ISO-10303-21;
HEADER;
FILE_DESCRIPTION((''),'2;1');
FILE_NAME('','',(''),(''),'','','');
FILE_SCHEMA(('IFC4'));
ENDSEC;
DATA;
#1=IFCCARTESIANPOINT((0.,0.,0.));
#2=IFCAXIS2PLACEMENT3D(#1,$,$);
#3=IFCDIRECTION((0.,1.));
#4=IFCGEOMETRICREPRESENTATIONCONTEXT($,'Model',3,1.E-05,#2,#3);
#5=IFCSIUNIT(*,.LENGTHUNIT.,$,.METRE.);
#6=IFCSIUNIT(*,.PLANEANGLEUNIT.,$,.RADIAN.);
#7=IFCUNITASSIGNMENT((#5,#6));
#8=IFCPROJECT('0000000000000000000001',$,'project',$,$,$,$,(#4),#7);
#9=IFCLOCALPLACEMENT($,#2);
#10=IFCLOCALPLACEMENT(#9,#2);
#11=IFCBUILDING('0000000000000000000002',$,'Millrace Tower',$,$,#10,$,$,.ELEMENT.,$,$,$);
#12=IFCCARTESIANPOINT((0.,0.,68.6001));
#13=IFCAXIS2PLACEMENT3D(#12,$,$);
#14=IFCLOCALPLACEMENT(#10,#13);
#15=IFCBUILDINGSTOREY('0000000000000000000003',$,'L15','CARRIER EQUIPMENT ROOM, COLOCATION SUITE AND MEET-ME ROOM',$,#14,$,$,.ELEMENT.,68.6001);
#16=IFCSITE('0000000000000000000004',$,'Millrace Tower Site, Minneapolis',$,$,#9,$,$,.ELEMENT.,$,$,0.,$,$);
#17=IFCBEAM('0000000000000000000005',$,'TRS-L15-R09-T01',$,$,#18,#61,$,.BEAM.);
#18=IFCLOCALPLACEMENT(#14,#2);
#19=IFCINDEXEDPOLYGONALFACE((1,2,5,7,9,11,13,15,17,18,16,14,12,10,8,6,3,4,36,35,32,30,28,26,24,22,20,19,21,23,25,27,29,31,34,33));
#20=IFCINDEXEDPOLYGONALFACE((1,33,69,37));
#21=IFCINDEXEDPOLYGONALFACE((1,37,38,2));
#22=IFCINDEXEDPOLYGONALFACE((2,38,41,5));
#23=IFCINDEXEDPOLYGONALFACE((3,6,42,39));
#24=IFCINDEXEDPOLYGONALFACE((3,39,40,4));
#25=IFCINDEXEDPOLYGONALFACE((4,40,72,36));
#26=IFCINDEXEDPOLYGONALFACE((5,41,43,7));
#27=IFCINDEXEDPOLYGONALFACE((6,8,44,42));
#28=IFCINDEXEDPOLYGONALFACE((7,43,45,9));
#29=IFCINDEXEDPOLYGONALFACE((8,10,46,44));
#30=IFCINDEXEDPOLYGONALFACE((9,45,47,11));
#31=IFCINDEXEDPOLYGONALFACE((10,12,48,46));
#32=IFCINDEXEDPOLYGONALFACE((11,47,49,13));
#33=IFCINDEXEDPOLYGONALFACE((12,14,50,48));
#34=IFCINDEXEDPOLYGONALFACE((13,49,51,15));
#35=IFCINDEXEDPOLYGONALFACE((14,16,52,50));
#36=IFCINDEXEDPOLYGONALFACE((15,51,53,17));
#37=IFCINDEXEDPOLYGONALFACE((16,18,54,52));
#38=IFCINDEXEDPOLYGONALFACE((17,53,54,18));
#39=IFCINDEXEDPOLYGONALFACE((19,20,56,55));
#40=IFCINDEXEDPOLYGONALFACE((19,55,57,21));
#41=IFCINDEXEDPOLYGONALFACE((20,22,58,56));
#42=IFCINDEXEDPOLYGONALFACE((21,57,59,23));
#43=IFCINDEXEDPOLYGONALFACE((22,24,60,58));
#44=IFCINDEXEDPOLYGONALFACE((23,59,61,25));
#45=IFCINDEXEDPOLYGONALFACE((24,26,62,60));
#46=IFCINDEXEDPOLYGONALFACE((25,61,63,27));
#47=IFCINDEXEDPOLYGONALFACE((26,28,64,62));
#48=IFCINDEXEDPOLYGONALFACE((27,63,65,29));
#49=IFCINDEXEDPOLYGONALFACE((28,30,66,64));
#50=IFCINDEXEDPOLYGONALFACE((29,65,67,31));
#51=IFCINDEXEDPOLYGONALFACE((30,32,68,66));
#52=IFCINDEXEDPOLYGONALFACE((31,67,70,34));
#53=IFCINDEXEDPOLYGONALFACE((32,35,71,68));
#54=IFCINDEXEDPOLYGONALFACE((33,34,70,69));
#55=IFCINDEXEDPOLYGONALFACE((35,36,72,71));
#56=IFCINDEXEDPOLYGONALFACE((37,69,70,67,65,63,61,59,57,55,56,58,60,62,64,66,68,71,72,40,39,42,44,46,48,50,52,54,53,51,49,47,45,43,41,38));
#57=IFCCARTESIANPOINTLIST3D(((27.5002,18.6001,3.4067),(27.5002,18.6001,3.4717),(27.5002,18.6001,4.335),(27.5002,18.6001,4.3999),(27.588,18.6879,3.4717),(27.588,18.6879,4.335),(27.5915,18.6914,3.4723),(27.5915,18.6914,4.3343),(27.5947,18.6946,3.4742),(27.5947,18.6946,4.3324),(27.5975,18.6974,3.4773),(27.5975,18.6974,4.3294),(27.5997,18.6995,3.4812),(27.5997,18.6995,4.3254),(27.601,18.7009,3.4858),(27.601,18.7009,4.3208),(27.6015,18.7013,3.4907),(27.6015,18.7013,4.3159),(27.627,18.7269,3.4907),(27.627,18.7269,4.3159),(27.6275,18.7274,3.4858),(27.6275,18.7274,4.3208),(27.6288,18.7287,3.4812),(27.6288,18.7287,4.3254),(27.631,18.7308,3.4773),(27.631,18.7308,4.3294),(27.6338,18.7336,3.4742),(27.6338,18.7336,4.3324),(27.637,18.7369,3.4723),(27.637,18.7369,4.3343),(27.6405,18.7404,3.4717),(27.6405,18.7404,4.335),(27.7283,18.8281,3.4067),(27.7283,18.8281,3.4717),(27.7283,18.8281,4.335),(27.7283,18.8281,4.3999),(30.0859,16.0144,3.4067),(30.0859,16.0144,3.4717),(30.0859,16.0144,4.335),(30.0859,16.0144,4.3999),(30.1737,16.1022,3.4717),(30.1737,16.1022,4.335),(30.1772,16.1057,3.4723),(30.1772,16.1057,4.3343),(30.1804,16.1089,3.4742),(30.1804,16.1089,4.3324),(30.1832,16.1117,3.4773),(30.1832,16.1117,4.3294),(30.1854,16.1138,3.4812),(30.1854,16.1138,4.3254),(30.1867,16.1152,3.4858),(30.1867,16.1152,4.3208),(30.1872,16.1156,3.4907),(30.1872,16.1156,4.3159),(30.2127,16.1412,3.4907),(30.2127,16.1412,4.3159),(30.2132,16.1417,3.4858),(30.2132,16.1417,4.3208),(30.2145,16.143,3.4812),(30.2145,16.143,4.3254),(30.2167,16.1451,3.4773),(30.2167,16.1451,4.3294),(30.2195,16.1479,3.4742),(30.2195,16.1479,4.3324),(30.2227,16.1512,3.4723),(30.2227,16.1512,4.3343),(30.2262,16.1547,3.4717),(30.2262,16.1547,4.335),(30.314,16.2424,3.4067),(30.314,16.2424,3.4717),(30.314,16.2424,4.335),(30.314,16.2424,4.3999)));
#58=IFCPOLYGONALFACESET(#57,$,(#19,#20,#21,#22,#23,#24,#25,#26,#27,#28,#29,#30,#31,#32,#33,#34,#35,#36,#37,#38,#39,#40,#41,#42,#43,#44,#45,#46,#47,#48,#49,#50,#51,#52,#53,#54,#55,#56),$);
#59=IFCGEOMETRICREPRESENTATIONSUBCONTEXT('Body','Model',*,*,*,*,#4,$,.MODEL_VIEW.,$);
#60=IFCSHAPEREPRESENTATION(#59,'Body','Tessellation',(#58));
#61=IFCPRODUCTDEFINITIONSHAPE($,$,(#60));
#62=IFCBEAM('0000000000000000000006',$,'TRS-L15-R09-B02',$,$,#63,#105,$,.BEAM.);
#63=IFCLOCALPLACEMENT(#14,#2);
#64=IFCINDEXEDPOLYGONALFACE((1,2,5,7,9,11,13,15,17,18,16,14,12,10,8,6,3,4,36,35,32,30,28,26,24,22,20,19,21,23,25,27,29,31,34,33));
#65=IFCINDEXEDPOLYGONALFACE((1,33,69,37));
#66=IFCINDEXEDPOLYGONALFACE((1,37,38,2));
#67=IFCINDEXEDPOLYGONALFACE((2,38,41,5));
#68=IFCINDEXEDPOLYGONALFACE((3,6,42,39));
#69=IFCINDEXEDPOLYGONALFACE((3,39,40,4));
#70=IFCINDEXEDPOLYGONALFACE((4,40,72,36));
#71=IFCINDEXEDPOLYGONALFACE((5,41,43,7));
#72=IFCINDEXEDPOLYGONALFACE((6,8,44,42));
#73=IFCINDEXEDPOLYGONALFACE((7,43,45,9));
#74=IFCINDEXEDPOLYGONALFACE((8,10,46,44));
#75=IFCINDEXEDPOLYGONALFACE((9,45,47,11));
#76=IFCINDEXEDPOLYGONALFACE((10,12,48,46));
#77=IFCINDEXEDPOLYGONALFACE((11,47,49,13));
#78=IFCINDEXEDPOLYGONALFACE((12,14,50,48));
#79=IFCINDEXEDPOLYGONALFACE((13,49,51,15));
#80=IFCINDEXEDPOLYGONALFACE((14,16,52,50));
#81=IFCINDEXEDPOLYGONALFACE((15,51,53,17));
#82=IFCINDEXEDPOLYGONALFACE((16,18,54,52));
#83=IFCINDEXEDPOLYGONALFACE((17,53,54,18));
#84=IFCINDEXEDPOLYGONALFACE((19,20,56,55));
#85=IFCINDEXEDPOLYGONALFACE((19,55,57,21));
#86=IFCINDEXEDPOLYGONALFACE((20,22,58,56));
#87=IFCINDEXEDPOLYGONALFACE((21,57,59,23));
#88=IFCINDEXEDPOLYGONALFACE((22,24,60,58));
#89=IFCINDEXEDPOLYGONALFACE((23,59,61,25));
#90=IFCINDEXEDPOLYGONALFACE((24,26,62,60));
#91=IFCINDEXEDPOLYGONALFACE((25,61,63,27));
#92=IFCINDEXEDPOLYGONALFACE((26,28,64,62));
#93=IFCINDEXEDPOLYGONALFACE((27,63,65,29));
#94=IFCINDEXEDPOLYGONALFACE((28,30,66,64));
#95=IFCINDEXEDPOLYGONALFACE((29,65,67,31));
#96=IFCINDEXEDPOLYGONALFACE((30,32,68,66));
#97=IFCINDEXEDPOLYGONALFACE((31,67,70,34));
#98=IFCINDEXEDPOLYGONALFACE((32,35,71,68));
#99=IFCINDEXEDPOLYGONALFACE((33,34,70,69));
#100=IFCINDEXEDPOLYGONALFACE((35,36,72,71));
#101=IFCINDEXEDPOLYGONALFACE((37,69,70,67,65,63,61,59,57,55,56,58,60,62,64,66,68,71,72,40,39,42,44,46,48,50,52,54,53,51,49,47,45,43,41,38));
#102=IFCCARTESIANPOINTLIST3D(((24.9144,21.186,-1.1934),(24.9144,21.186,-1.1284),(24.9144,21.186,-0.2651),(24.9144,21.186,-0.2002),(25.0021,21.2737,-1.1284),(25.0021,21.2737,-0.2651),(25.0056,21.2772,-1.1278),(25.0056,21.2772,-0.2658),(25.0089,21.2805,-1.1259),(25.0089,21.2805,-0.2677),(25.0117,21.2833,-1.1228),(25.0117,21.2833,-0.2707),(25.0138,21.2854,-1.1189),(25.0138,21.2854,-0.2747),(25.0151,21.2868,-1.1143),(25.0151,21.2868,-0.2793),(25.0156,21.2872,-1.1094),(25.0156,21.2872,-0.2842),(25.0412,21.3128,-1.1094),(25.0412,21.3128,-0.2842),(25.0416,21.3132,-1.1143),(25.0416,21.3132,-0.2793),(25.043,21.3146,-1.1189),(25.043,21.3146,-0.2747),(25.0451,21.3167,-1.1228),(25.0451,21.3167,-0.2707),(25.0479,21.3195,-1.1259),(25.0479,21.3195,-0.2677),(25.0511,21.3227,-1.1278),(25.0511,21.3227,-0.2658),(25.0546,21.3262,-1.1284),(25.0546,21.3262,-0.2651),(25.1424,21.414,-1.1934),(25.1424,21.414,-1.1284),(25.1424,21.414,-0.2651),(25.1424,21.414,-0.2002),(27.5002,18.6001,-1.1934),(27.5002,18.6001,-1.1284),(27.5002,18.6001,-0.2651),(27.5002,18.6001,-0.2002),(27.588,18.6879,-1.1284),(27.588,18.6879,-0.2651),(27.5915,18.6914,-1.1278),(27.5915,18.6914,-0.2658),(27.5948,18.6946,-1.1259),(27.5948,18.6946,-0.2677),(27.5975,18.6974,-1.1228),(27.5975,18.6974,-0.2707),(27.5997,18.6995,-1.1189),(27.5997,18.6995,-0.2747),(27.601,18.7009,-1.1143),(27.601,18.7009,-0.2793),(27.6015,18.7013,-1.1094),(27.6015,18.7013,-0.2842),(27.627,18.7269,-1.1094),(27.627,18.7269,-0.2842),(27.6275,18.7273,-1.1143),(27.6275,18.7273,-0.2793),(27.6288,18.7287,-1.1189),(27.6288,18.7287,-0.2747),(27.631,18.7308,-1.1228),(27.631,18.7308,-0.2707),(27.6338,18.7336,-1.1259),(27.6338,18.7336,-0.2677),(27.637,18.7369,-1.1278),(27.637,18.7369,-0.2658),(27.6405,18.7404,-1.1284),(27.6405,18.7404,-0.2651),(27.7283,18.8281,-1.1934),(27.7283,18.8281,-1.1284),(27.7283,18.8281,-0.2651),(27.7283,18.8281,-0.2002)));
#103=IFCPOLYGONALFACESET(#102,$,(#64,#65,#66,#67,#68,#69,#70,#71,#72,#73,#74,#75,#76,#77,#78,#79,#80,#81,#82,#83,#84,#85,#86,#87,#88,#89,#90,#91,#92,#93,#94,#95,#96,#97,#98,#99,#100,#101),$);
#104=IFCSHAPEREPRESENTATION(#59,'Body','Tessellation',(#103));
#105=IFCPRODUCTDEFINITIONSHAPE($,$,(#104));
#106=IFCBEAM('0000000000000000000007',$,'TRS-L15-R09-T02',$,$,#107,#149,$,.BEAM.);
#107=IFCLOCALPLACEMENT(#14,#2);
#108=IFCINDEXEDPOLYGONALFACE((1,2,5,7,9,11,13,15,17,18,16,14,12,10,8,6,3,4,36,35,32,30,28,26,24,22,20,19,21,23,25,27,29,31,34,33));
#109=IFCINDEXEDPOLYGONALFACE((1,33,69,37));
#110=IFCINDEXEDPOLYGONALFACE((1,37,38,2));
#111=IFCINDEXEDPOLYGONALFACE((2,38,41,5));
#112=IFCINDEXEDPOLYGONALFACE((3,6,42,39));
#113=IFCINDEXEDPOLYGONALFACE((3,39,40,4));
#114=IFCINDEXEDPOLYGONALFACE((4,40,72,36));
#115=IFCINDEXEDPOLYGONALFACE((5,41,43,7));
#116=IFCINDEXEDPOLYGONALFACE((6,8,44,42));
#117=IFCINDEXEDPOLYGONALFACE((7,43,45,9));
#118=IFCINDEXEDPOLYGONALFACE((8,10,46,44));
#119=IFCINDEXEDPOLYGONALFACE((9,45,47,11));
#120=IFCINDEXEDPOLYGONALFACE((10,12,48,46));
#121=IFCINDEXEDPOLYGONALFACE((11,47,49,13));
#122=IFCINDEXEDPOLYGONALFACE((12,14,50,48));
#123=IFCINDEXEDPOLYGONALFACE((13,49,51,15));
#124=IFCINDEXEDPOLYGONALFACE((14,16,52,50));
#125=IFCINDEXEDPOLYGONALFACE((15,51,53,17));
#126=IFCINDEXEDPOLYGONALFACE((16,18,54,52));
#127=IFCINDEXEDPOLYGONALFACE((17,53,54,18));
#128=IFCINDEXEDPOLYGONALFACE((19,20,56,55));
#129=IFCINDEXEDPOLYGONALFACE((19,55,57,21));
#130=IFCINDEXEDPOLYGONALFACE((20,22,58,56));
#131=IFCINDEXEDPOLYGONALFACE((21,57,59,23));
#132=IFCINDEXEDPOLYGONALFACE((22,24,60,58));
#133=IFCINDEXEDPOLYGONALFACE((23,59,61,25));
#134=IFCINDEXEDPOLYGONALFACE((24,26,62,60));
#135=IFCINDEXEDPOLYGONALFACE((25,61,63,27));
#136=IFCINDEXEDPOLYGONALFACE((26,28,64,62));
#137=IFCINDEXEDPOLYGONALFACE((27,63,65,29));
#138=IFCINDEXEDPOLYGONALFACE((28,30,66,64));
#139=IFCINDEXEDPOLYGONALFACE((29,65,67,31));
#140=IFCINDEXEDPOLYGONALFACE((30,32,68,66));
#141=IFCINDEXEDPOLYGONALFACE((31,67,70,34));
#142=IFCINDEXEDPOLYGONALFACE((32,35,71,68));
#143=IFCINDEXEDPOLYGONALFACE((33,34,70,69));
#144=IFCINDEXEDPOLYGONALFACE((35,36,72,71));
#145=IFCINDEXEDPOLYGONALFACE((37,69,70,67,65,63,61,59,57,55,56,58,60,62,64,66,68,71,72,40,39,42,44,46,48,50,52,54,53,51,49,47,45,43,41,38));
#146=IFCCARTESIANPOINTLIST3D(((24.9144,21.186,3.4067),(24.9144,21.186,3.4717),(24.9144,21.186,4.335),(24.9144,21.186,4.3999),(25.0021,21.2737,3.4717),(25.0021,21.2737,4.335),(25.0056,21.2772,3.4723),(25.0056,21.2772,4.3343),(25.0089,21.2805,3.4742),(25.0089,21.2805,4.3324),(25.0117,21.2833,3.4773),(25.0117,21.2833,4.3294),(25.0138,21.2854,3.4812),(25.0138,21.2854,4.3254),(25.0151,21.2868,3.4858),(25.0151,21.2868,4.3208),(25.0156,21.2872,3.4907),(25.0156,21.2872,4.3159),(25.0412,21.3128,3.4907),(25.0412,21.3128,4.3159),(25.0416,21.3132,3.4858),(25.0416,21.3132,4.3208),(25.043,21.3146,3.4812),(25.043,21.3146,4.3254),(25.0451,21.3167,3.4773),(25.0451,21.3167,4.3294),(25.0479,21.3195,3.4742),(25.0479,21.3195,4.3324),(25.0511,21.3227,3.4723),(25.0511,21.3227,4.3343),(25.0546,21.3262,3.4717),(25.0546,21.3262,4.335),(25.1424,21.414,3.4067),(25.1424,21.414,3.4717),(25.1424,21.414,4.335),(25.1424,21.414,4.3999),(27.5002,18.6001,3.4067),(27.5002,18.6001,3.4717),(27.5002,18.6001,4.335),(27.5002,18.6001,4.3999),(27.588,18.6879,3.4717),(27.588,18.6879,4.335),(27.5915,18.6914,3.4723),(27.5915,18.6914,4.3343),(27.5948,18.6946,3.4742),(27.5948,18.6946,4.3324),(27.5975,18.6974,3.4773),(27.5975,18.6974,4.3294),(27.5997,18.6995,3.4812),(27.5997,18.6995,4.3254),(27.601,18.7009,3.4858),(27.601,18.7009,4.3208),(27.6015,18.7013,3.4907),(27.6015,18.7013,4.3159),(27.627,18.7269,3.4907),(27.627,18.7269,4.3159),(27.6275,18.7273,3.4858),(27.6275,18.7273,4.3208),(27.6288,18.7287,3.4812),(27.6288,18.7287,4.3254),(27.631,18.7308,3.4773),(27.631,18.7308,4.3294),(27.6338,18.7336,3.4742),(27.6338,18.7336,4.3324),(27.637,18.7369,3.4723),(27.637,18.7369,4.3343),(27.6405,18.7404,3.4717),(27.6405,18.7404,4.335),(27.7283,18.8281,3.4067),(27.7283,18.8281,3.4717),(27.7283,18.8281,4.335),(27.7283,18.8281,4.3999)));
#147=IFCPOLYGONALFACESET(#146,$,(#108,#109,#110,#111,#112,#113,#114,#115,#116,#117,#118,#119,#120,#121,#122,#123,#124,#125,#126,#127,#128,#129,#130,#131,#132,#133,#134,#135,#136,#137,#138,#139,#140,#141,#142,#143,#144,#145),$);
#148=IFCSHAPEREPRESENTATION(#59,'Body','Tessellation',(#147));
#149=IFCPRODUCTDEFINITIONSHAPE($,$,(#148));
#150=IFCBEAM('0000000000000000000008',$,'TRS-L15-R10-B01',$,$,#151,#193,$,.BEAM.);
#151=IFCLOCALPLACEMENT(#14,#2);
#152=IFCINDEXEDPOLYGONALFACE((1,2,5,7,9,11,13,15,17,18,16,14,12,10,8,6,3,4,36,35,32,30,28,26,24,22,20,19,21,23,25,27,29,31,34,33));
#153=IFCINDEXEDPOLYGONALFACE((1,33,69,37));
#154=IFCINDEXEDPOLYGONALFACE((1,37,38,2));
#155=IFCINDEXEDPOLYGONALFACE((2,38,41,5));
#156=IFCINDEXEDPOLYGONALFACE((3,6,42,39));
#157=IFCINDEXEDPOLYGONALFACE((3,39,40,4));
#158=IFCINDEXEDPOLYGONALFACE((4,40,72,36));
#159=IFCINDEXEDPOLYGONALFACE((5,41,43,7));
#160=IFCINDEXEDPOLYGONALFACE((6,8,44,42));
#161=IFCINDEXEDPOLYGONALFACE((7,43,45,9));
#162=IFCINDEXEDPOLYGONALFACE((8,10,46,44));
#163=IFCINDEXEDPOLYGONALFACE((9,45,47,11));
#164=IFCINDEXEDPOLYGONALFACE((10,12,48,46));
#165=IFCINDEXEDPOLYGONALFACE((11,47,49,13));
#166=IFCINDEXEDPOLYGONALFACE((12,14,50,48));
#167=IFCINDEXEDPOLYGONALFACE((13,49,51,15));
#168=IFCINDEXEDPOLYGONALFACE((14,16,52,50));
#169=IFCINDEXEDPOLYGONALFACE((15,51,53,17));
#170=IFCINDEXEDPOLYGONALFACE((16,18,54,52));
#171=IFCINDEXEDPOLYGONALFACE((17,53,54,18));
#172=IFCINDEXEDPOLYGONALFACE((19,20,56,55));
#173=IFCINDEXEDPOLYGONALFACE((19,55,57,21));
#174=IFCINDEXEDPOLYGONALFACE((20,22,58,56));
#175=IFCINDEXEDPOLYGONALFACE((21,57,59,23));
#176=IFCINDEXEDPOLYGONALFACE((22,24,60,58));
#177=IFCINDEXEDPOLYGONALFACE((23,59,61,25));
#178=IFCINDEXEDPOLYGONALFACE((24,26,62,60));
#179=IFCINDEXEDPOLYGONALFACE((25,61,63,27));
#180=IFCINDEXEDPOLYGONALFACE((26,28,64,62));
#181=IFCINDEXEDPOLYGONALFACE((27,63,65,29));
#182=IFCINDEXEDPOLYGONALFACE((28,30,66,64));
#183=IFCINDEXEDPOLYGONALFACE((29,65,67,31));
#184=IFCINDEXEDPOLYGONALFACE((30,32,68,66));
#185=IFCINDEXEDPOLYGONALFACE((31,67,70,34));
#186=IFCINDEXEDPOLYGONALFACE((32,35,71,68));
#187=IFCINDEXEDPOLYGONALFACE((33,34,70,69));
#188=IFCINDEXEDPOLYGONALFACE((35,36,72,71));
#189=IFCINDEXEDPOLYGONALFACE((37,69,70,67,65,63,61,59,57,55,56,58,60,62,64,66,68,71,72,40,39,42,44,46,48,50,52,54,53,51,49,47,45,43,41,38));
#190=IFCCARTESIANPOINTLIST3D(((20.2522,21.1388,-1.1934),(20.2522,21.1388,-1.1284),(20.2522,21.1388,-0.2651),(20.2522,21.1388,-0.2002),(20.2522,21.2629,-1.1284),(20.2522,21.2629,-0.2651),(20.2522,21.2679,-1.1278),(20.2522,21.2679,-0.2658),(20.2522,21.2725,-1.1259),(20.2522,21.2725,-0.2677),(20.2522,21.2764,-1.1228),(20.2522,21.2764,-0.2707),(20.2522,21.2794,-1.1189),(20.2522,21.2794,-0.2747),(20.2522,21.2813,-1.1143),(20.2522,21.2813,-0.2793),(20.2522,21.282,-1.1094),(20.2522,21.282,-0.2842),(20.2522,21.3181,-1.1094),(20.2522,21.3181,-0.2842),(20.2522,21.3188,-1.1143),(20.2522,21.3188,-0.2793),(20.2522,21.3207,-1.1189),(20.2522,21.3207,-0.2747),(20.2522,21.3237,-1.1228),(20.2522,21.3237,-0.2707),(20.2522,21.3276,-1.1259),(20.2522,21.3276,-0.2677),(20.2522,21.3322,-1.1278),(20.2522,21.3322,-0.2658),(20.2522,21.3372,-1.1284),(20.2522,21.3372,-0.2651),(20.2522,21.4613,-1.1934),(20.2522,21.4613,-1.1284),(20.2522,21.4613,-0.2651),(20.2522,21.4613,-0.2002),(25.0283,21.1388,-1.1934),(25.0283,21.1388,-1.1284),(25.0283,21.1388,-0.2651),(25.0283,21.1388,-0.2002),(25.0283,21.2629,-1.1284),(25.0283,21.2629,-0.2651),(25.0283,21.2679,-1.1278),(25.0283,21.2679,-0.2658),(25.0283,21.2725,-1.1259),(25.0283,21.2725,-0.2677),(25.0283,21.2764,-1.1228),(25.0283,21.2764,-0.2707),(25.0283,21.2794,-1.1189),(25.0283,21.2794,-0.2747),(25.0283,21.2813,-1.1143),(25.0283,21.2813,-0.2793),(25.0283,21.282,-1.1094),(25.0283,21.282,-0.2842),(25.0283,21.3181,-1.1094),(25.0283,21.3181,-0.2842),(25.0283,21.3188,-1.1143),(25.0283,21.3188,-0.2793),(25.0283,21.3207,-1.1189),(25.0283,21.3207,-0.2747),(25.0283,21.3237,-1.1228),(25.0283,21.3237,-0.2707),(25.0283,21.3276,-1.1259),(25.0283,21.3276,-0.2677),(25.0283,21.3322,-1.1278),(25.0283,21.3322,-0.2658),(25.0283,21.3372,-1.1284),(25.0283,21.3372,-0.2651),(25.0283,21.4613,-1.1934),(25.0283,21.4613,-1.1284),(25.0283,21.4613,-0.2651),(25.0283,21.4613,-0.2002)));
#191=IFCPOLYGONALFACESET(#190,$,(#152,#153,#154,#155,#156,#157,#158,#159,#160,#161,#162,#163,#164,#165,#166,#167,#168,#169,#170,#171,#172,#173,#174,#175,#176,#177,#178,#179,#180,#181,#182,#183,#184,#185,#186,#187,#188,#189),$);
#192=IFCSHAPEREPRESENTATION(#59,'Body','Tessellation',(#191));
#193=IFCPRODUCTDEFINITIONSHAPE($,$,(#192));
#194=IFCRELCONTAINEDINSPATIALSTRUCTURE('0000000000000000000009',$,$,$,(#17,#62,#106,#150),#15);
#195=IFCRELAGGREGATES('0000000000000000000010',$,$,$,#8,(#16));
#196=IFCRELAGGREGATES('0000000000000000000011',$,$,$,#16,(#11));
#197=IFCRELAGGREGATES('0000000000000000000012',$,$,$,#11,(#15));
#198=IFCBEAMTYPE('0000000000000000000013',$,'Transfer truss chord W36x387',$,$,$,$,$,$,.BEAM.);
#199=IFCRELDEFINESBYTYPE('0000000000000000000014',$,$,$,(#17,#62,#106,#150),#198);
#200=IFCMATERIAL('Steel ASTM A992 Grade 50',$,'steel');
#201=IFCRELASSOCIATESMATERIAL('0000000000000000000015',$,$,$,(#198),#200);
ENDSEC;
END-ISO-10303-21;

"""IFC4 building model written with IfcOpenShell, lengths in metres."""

from ifc_helpers import new_model, si_unit, direction, frame, origin, origin_2d, place, context, subcontext, project, spatial, i_section, extrude, material, material_profile, profile_set, type_object, element, save


model = new_model("IFC4")

# Units and contexts
model_context = context("Model", 3, precision=1e-05, world=origin(), true_north=direction((0.0, 1.0)))
body_context = subcontext(model_context, "Body", "Model", "MODEL_VIEW")
ifc_project = project(units=[si_unit("LENGTHUNIT", "METRE"), si_unit("PLANEANGLEUNIT", "RADIAN")], contexts=[model_context])

# Site, building, storey
site_placement = place(None, origin())
site = spatial("IfcSite", under=ifc_project, at=site_placement, Name="Millrace Tower Site, Minneapolis", CompositionType="ELEMENT", RefElevation=0.0)
building_placement = place(site_placement, origin())
building = spatial("IfcBuilding", under=site, at=building_placement, Name="Millrace Tower", CompositionType="ELEMENT")
storey_placement = place(building_placement, frame((0.0, 0.0, 68.6001)))
storey = spatial("IfcBuildingStorey", under=building, at=storey_placement, Name="L15", Description="CARRIER EQUIPMENT ROOM, COLOCATION SUITE AND MEET-ME ROOM", CompositionType="ELEMENT", Elevation=68.6001)

# Beams
ifc_material_1 = material(Name="Steel ASTM A992 Grade 50", Category="steel")
ifc_material_profile_1 = material_profile(ifc_material_1, i_section(OverallWidth=0.3225, OverallDepth=0.9932, WebThickness=0.0361, FlangeThickness=0.0649, FilletRadius=0.019, at=origin_2d()))
ifc_profile_set_1 = profile_set([ifc_material_profile_1], Name="Steel ASTM A992 Grade 50")
beam_type = type_object("IfcBeamType", Name="Transfer truss chord W36x387", PredefinedType="BEAM", material=ifc_profile_set_1)
for number, where, z_axis, x_axis, name in (
    (1, (30.2, 16.1284, 3.9033), (-0.707107, 0.707107, 0.0), (-0.707107, -0.707107, 0.0), "TRS-L15-R09-T01"),
):
    element("IfcBeam", number, at=place(storey_placement, frame(where, z_axis=z_axis, x_axis=x_axis)), inside=storey, type_object=beam_type, Name=name, PredefinedType="BEAM", context=body_context, shape_type="SweptSolid", body=[
        extrude(i_section(OverallWidth=0.3225, OverallDepth=0.9932, WebThickness=0.0361, FlangeThickness=0.0649, FilletRadius=0.019, at=origin_2d()), origin(), (0.0, 0.0, 1.0), 3.6567),
    ])
for number, where, z_axis, x_axis, name in (
    (2, (27.6143, 18.7141, -0.6968), (-0.707107, 0.707107, 0.0), (-0.707107, -0.707107, 0.0), "TRS-L15-R09-B02"),
    (3, (27.6143, 18.7141, 3.9033), (-0.707107, 0.707107, 0.0), (-0.707107, -0.707107, 0.0), "TRS-L15-R09-T02"),
):
    element("IfcBeam", number, at=place(storey_placement, frame(where, z_axis=z_axis, x_axis=x_axis)), inside=storey, type_object=beam_type, Name=name, PredefinedType="BEAM", context=body_context, shape_type="SweptSolid", body=[
        extrude(i_section(OverallWidth=0.3225, OverallDepth=0.9932, WebThickness=0.0361, FlangeThickness=0.0649, FilletRadius=0.019, at=origin_2d()), origin(), (0.0, 0.0, 1.0), 3.657),
    ])
for number, where, z_axis, x_axis, name in (
    (4, (25.0283, 21.3, -0.6968), (-1.0, 0.0, 0.0), (0.0, -1.0, 0.0), "TRS-L15-R10-B01"),
):
    element("IfcBeam", number, at=place(storey_placement, frame(where, z_axis=z_axis, x_axis=x_axis)), inside=storey, type_object=beam_type, Name=name, PredefinedType="BEAM", context=body_context, shape_type="SweptSolid", body=[
        extrude(i_section(OverallWidth=0.3225, OverallDepth=0.9932, WebThickness=0.0361, FlangeThickness=0.0649, FilletRadius=0.019, at=origin_2d()), origin(), (0.0, 0.0, 1.0), 4.7761),
    ])

save(model, "model.ifc")
